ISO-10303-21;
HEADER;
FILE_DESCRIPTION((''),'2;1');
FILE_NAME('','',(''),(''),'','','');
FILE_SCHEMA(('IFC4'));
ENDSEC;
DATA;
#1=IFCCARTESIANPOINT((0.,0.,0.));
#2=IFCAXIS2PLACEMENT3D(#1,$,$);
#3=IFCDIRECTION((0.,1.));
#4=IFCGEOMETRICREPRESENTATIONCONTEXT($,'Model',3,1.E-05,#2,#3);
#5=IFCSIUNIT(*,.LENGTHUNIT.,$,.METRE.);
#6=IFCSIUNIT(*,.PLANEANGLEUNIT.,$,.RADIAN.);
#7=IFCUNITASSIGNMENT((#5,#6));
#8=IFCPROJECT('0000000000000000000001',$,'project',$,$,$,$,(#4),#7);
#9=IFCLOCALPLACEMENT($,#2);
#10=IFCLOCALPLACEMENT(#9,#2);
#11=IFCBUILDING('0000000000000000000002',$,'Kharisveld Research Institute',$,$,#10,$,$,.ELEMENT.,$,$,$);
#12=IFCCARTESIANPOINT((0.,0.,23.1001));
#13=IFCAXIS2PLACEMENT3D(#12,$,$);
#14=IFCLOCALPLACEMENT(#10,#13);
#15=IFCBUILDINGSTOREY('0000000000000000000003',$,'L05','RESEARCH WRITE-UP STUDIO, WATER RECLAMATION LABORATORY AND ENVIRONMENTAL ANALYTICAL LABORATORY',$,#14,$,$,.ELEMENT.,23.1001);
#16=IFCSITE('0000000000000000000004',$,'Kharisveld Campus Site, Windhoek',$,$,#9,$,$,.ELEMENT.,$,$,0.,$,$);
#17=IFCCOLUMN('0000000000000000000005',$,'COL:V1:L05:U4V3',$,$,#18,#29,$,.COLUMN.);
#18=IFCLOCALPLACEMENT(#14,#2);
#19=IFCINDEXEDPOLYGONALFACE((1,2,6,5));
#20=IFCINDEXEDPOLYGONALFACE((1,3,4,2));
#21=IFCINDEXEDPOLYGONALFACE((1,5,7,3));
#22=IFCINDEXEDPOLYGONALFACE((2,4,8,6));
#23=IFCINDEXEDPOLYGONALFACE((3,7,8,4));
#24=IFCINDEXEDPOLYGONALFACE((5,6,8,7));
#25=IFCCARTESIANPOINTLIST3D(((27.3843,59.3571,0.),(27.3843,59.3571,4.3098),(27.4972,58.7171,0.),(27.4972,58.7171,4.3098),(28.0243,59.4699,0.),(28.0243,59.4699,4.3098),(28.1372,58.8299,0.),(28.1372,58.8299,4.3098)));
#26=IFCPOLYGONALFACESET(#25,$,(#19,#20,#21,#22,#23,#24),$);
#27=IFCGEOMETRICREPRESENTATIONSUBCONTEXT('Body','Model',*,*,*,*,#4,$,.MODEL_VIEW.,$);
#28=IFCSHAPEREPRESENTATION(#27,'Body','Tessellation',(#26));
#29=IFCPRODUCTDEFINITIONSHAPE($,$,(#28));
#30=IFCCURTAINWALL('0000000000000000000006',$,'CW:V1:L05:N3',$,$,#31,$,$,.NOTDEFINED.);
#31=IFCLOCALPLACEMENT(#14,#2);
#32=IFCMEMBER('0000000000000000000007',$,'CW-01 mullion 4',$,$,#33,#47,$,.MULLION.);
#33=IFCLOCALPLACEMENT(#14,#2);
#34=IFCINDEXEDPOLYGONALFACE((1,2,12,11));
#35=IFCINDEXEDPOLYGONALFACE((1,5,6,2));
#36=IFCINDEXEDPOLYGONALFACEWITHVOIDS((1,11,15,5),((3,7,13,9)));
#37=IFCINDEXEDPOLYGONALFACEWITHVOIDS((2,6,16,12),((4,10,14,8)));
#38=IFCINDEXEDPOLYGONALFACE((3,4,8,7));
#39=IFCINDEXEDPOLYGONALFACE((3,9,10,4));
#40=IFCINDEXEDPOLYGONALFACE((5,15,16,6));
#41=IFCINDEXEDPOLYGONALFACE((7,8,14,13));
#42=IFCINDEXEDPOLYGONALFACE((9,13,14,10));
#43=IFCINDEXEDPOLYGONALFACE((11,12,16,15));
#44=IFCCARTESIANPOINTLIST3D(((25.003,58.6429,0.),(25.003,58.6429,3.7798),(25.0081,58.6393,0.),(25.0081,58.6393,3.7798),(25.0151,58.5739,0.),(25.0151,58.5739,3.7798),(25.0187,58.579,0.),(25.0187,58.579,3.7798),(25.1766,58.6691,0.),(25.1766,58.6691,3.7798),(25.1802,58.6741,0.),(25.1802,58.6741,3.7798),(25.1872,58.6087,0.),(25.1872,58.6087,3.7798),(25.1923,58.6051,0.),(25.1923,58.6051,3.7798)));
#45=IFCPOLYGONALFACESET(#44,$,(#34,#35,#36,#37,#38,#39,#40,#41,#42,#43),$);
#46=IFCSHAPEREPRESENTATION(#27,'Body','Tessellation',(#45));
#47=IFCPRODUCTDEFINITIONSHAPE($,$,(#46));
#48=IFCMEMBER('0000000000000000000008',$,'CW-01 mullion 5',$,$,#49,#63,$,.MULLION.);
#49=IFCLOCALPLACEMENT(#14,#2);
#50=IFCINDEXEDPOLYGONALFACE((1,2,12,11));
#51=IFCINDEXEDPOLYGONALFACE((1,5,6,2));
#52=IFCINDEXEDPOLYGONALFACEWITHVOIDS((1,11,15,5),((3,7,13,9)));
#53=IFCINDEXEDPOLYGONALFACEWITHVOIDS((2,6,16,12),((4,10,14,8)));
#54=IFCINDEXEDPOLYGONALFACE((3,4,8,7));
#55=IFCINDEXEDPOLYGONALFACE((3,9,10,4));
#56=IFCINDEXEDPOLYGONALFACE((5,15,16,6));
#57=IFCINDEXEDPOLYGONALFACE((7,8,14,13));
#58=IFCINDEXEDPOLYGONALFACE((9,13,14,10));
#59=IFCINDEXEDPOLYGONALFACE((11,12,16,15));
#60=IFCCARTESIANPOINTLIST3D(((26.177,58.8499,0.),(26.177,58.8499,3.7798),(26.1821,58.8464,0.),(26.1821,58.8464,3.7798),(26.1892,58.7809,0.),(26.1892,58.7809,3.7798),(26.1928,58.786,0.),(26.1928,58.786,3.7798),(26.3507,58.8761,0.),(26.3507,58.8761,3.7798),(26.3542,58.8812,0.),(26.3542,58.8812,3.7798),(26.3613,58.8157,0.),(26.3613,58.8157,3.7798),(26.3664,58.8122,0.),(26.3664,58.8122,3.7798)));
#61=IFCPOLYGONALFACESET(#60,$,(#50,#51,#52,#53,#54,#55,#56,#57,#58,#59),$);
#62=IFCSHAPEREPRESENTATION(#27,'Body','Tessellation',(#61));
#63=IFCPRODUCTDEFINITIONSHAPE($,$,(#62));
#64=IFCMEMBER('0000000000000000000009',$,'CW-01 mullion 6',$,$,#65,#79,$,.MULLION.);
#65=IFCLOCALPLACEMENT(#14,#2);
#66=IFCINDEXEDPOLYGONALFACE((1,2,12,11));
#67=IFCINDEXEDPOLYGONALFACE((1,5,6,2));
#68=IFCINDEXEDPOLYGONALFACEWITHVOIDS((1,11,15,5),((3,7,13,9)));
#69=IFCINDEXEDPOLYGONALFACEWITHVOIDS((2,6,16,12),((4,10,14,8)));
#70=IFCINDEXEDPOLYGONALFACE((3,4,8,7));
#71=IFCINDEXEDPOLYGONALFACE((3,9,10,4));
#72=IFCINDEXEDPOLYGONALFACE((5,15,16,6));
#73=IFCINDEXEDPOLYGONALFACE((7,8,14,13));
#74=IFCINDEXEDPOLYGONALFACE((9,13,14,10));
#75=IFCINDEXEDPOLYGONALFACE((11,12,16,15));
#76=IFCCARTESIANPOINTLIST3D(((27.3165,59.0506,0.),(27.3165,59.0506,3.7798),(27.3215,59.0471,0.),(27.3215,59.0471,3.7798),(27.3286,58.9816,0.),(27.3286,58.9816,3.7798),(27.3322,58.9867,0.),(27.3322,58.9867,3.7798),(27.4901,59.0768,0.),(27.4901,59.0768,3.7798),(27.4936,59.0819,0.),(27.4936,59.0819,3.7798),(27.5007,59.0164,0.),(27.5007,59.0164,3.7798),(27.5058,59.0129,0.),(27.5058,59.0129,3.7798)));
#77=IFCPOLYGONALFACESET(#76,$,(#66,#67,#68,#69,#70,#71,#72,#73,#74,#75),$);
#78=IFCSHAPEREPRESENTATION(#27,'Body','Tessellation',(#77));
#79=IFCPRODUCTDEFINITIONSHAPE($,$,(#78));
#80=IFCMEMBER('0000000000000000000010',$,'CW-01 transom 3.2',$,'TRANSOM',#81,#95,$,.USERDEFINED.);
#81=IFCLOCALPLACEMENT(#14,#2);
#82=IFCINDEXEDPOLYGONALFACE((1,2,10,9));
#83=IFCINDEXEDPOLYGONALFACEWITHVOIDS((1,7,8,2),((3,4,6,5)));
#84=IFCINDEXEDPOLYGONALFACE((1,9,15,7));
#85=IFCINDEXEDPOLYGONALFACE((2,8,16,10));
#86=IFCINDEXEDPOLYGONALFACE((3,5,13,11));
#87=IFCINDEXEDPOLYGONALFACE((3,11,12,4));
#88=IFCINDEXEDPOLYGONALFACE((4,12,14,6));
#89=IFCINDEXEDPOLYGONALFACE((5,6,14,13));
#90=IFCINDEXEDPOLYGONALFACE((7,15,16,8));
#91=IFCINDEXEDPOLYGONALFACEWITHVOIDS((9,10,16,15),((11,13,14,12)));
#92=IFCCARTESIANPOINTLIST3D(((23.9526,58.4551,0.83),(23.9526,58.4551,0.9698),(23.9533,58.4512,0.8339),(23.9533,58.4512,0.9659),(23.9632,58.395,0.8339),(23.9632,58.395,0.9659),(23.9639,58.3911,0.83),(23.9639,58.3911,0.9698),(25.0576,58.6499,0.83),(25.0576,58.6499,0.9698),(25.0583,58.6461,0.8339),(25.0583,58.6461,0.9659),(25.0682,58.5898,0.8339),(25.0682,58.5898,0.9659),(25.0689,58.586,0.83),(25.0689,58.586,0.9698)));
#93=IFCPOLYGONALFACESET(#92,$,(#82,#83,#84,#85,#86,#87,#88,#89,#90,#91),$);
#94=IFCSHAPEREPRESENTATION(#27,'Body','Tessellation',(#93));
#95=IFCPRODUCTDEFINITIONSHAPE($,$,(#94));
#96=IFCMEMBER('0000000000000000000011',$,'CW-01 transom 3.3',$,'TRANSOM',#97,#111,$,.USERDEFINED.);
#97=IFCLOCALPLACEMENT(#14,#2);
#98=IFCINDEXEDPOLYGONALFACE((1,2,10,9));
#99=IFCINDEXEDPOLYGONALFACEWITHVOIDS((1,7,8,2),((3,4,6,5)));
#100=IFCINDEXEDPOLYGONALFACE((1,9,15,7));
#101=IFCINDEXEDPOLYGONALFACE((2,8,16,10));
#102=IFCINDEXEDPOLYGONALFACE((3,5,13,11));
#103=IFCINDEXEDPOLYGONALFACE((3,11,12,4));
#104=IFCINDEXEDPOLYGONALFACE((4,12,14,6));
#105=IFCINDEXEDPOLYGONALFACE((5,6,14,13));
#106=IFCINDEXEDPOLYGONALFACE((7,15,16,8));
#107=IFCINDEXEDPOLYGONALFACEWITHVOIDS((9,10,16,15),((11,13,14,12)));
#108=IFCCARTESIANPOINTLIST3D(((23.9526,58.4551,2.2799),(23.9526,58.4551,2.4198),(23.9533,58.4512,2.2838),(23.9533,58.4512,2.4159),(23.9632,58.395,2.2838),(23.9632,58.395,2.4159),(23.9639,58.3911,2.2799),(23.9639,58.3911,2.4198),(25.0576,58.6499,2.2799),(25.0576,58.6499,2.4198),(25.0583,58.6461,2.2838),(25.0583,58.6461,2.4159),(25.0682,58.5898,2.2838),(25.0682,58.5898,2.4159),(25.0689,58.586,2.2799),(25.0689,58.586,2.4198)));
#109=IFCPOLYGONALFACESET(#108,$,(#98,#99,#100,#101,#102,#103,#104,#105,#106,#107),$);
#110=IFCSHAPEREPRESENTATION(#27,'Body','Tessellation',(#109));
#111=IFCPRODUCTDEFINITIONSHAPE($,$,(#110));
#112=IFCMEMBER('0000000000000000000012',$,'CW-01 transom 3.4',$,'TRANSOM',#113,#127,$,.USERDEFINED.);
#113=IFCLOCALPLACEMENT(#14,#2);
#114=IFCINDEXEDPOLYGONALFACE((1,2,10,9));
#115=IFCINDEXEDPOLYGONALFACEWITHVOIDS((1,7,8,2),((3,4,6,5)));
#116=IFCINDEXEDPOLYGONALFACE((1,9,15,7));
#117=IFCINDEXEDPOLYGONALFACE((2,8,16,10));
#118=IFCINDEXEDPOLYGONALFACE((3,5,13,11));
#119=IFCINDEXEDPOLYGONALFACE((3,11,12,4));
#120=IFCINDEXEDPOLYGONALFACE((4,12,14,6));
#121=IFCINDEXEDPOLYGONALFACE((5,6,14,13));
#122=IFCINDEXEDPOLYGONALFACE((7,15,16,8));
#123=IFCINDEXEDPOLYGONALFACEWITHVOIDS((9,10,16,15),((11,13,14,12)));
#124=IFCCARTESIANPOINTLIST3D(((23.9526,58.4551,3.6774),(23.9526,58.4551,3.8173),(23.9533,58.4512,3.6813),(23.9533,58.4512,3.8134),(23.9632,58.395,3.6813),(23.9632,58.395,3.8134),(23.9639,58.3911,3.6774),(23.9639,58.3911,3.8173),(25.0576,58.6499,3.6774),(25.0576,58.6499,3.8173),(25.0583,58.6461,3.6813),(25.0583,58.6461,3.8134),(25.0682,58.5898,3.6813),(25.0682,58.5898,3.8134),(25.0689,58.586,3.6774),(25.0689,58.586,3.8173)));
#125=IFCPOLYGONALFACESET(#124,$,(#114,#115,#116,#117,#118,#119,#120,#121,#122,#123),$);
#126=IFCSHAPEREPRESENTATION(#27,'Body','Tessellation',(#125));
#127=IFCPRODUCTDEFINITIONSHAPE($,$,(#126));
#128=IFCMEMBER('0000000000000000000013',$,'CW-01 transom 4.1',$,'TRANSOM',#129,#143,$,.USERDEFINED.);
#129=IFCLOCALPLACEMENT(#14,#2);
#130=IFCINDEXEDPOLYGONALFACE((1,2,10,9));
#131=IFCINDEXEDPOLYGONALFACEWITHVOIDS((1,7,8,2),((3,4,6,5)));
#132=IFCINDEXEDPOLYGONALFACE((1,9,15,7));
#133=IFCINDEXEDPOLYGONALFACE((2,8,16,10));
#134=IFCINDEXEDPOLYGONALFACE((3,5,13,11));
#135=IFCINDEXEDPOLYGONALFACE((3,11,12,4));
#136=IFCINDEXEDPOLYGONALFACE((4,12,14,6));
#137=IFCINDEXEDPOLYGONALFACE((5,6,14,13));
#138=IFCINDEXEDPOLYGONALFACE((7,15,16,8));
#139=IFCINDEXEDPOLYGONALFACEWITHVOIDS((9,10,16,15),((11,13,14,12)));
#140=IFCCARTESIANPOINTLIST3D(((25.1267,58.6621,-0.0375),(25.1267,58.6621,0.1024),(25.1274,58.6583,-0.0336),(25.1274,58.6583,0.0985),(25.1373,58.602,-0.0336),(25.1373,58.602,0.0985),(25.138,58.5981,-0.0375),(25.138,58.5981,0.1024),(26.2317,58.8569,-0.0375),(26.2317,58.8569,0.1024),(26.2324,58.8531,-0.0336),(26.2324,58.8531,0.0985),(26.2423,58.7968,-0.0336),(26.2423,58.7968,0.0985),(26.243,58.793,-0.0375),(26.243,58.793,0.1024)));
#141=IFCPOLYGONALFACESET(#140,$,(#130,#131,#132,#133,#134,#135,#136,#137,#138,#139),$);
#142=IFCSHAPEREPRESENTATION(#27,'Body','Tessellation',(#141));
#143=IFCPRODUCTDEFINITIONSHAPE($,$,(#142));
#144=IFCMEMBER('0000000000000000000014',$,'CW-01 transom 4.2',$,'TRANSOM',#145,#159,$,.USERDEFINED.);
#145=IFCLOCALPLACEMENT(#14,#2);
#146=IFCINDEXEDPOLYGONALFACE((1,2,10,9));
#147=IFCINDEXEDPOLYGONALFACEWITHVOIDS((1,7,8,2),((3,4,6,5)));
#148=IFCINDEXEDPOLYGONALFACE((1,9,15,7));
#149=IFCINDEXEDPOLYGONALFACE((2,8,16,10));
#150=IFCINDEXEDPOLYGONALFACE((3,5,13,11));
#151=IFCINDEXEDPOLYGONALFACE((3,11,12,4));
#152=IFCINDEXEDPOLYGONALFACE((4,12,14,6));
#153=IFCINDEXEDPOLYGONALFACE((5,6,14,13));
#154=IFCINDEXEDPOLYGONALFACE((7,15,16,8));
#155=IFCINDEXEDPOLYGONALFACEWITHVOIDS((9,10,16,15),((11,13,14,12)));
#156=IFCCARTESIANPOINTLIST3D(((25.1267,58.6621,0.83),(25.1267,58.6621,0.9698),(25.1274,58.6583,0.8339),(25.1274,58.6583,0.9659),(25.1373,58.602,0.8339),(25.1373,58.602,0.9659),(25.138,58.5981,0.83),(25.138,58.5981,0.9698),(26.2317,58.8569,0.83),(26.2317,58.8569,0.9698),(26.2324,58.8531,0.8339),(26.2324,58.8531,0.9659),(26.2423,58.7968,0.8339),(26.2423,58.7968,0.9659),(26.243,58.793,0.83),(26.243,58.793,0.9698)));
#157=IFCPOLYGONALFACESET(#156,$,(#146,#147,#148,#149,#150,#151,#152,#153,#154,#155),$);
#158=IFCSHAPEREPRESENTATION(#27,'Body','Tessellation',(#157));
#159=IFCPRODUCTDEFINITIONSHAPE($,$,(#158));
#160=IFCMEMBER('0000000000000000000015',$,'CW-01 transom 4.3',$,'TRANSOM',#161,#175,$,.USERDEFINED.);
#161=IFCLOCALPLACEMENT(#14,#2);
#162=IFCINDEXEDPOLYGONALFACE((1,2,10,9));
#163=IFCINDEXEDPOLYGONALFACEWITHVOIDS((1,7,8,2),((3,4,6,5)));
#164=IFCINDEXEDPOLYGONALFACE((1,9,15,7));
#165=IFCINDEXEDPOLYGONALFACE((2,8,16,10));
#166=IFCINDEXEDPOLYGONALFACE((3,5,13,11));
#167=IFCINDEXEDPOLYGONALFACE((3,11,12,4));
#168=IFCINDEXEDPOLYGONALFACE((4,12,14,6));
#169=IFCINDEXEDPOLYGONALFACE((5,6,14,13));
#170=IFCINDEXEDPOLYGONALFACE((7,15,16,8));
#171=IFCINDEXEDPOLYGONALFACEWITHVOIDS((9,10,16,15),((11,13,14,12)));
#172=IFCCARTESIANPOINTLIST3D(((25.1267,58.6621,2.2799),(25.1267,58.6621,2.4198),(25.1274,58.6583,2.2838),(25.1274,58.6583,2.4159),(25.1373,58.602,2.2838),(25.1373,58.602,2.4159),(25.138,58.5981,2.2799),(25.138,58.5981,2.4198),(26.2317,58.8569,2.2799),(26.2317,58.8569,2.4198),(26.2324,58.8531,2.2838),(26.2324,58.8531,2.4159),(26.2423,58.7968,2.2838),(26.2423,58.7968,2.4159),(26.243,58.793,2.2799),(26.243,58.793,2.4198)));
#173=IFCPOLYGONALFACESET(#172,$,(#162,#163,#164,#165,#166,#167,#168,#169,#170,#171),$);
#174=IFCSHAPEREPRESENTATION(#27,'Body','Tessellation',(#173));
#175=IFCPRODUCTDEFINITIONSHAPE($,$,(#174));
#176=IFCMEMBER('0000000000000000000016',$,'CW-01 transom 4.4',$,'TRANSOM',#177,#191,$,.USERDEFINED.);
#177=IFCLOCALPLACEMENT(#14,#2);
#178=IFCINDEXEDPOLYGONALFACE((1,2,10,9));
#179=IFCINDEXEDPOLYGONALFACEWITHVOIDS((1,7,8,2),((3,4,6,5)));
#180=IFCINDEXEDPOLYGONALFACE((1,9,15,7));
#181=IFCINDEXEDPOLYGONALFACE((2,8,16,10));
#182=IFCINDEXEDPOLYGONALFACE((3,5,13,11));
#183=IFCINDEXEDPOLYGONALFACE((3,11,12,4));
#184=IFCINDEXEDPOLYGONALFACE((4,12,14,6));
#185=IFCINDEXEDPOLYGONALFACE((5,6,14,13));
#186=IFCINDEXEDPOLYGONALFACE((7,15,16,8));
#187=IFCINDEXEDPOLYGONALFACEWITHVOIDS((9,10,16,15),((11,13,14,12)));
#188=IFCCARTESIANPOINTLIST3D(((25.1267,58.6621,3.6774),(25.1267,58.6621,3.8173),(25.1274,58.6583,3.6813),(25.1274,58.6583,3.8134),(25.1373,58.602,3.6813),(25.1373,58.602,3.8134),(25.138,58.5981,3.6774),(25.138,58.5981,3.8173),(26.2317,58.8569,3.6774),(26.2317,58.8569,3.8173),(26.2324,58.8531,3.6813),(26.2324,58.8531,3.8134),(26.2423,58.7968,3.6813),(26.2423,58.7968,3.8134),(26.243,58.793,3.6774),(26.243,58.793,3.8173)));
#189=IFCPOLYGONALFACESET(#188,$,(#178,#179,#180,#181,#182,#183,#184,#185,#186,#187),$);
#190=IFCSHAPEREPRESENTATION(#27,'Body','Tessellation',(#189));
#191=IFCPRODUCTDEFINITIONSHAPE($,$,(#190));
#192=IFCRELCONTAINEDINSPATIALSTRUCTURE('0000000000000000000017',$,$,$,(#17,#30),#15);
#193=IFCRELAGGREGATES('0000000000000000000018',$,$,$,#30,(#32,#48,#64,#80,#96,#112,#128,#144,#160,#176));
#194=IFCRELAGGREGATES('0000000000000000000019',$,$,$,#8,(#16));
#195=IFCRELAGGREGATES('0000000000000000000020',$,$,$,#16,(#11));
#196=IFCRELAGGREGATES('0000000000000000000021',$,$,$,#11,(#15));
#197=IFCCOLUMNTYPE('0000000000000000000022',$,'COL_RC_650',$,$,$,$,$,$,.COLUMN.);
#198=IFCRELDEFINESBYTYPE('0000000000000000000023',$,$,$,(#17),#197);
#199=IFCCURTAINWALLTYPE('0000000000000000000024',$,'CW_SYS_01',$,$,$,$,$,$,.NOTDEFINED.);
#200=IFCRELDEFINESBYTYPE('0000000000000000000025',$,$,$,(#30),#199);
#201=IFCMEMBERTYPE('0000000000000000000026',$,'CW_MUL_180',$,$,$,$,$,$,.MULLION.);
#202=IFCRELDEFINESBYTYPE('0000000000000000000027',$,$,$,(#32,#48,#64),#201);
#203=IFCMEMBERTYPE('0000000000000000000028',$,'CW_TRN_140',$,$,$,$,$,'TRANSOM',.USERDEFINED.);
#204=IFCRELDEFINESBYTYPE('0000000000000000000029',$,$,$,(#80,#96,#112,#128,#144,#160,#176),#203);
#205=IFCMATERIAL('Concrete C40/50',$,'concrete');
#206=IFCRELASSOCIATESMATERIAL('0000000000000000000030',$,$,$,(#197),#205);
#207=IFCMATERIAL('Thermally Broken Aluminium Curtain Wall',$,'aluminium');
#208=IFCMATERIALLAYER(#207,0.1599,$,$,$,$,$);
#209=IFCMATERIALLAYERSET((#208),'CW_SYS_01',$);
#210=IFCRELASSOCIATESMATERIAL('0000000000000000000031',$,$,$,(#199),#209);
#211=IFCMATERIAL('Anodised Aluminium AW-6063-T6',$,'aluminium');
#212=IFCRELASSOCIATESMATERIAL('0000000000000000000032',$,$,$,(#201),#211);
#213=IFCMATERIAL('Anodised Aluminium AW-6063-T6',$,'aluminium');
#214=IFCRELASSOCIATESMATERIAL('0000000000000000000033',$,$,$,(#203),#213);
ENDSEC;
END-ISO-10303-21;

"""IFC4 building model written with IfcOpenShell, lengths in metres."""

from ifc_helpers import new_model, si_unit, direction, frame, origin, origin_2d, place, context, subcontext, project, spatial, rectangle, hollow_rectangle, extrude, material, layer, layer_set, material_profile, profile_set, type_object, element, aggregate, save


model = new_model("IFC4")

# Units and contexts
model_context = context("Model", 3, precision=1e-05, world=origin(), true_north=direction((0.0, 1.0)))
body_context = subcontext(model_context, "Body", "Model", "MODEL_VIEW")
ifc_project = project(units=[si_unit("LENGTHUNIT", "METRE"), si_unit("PLANEANGLEUNIT", "RADIAN")], contexts=[model_context])

# Site, building, storey
site_placement = place(None, origin())
site = spatial("IfcSite", under=ifc_project, at=site_placement, Name="Kharisveld Campus Site, Windhoek", CompositionType="ELEMENT", RefElevation=0.0)
building_placement = place(site_placement, origin())
building = spatial("IfcBuilding", under=site, at=building_placement, Name="Kharisveld Research Institute", CompositionType="ELEMENT")
storey_placement = place(building_placement, frame((0.0, 0.0, 23.1001)))
storey = spatial("IfcBuildingStorey", under=building, at=storey_placement, Name="L05", Description="RESEARCH WRITE-UP STUDIO, WATER RECLAMATION LABORATORY AND ENVIRONMENTAL ANALYTICAL LABORATORY", CompositionType="ELEMENT", Elevation=23.1001)

# Column
ifc_material_1 = material(Name="Concrete C40/50", Category="concrete")
ifc_material_profile_1 = material_profile(ifc_material_1, rectangle(XDim=0.6499, YDim=0.6499, at=origin_2d()))
ifc_profile_set_1 = profile_set([ifc_material_profile_1], Name="Concrete C40/50")
column_type = type_object("IfcColumnType", Name="COL_RC_650", PredefinedType="COLUMN", material=ifc_profile_set_1)
column_placement = place(storey_placement, frame((27.7607, 59.0935, 0.0), z_axis=(0.0, 0.0, 1.0), x_axis=(0.984808, 0.173648, 0.0)))
element("IfcColumn", 1, at=column_placement, inside=storey, type_object=column_type, Name="COL:V1:L05:U4V3", PredefinedType="COLUMN", context=body_context, shape_type="SweptSolid", body=[
    extrude(rectangle(XDim=0.6499, YDim=0.6499, at=origin_2d()), origin(), (0.0, 0.0, 1.0), 4.3098),
])

# Curtain wall, members
ifc_material_2 = material(Name="Thermally Broken Aluminium Curtain Wall", Category="aluminium")
ifc_layer_1 = layer(ifc_material_2, 0.1599)
ifc_layer_set_1 = layer_set([ifc_layer_1], Name="CW_SYS_01")
curtain_wall_type = type_object("IfcCurtainWallType", Name="CW_SYS_01", PredefinedType="NOTDEFINED", material=ifc_layer_set_1)
curtain_wall_placement = place(storey_placement, origin())
curtain_wall = element("IfcCurtainWall", 2, at=curtain_wall_placement, inside=storey, type_object=curtain_wall_type, Name="CW:V1:L05:N3", PredefinedType="NOTDEFINED")
ifc_material_3 = material(Name="Anodised Aluminium AW-6063-T6", Category="aluminium")
ifc_material_profile_2 = material_profile(ifc_material_3, hollow_rectangle(XDim=0.0701, YDim=0.1799, WallThickness=0.0044, at=origin_2d()))
ifc_profile_set_2 = profile_set([ifc_material_profile_2], Name="Anodised Aluminium AW-6063-T6")
member_type_1 = type_object("IfcMemberType", Name="CW_MUL_180", PredefinedType="MULLION", material=ifc_profile_set_2)
member_1_placement = place(storey_placement, frame((25.0977, 58.624, 0.0), z_axis=(0.0, 0.0, 1.0), x_axis=(-0.173648, 0.984808, 0.0)))
member_1 = element("IfcMember", 3, at=member_1_placement, type_object=member_type_1, Name="CW-01 mullion 4", PredefinedType="MULLION", context=body_context, shape_type="SweptSolid", body=[
    extrude(hollow_rectangle(XDim=0.0701, YDim=0.1799, WallThickness=0.0044, at=origin_2d()), origin(), (0.0, 0.0, 1.0), 3.7798),
])
member_2_placement = place(storey_placement, frame((26.2717, 58.8311, 0.0), z_axis=(0.0, 0.0, 1.0), x_axis=(-0.173648, 0.984808, 0.0)))
member_2 = element("IfcMember", 4, at=member_2_placement, type_object=member_type_1, Name="CW-01 mullion 5", PredefinedType="MULLION", context=body_context, shape_type="SweptSolid", body=[
    extrude(hollow_rectangle(XDim=0.0701, YDim=0.1799, WallThickness=0.0044, at=origin_2d()), origin(), (0.0, 0.0, 1.0), 3.7798),
])
member_3_placement = place(storey_placement, frame((27.4111, 59.0317, 0.0), z_axis=(0.0, 0.0, 1.0), x_axis=(-0.173648, 0.984808, 0.0)))
member_3 = element("IfcMember", 5, at=member_3_placement, type_object=member_type_1, Name="CW-01 mullion 6", PredefinedType="MULLION", context=body_context, shape_type="SweptSolid", body=[
    extrude(hollow_rectangle(XDim=0.0701, YDim=0.1799, WallThickness=0.0044, at=origin_2d()), origin(), (0.0, 0.0, 1.0), 3.7798),
])
ifc_material_4 = material(Name="Anodised Aluminium AW-6063-T6", Category="aluminium")
ifc_material_profile_3 = material_profile(ifc_material_4, hollow_rectangle(XDim=0.0649, YDim=0.1399, WallThickness=0.0039, at=origin_2d()))
ifc_profile_set_3 = profile_set([ifc_material_profile_3], Name="Anodised Aluminium AW-6063-T6")
member_type_2 = type_object("IfcMemberType", Name="CW_TRN_140", ElementType="TRANSOM", PredefinedType="USERDEFINED", material=ifc_profile_set_3)
member_4_placement = place(storey_placement, frame((23.9583, 58.4231, 0.8999), z_axis=(0.98481, 0.173636, 0.0), x_axis=(-0.173636, 0.98481, 0.0)))
member_4 = element("IfcMember", 6, at=member_4_placement, type_object=member_type_2, Name="CW-01 transom 3.2", ObjectType="TRANSOM", PredefinedType="USERDEFINED", context=body_context, shape_type="SweptSolid", body=[
    extrude(hollow_rectangle(XDim=0.0649, YDim=0.1399, WallThickness=0.0039, at=origin_2d()), origin(), (0.0, 0.0, 1.0), 1.1221),
])
member_5_placement = place(storey_placement, frame((23.9583, 58.4231, 2.3499), z_axis=(0.98481, 0.173636, 0.0), x_axis=(-0.173636, 0.98481, 0.0)))
member_5 = element("IfcMember", 7, at=member_5_placement, type_object=member_type_2, Name="CW-01 transom 3.3", ObjectType="TRANSOM", PredefinedType="USERDEFINED", context=body_context, shape_type="SweptSolid", body=[
    extrude(hollow_rectangle(XDim=0.0649, YDim=0.1399, WallThickness=0.0039, at=origin_2d()), origin(), (0.0, 0.0, 1.0), 1.1221),
])
member_6_placement = place(storey_placement, frame((23.9583, 58.4231, 3.7473), z_axis=(0.98481, 0.173636, 0.0), x_axis=(-0.173636, 0.98481, 0.0)))
member_6 = element("IfcMember", 8, at=member_6_placement, type_object=member_type_2, Name="CW-01 transom 3.4", ObjectType="TRANSOM", PredefinedType="USERDEFINED", context=body_context, shape_type="SweptSolid", body=[
    extrude(hollow_rectangle(XDim=0.0649, YDim=0.1399, WallThickness=0.0039, at=origin_2d()), origin(), (0.0, 0.0, 1.0), 1.1221),
])
member_7_placement = place(storey_placement, frame((25.1323, 58.6301, 0.0325), z_axis=(0.98481, 0.173636, 0.0), x_axis=(-0.173636, 0.98481, 0.0)))
member_7 = element("IfcMember", 9, at=member_7_placement, type_object=member_type_2, Name="CW-01 transom 4.1", ObjectType="TRANSOM", PredefinedType="USERDEFINED", context=body_context, shape_type="SweptSolid", body=[
    extrude(hollow_rectangle(XDim=0.0649, YDim=0.1399, WallThickness=0.0039, at=origin_2d()), origin(), (0.0, 0.0, 1.0), 1.1221),
])
member_8_placement = place(storey_placement, frame((25.1323, 58.6301, 0.8999), z_axis=(0.98481, 0.173636, 0.0), x_axis=(-0.173636, 0.98481, 0.0)))
member_8 = element("IfcMember", 10, at=member_8_placement, type_object=member_type_2, Name="CW-01 transom 4.2", ObjectType="TRANSOM", PredefinedType="USERDEFINED", context=body_context, shape_type="SweptSolid", body=[
    extrude(hollow_rectangle(XDim=0.0649, YDim=0.1399, WallThickness=0.0039, at=origin_2d()), origin(), (0.0, 0.0, 1.0), 1.1221),
])
member_9_placement = place(storey_placement, frame((25.1323, 58.6301, 2.3499), z_axis=(0.98481, 0.173636, 0.0), x_axis=(-0.173636, 0.98481, 0.0)))
member_9 = element("IfcMember", 11, at=member_9_placement, type_object=member_type_2, Name="CW-01 transom 4.3", ObjectType="TRANSOM", PredefinedType="USERDEFINED", context=body_context, shape_type="SweptSolid", body=[
    extrude(hollow_rectangle(XDim=0.0649, YDim=0.1399, WallThickness=0.0039, at=origin_2d()), origin(), (0.0, 0.0, 1.0), 1.1221),
])
member_10_placement = place(storey_placement, frame((25.1323, 58.6301, 3.7473), z_axis=(0.98481, 0.173636, 0.0), x_axis=(-0.173636, 0.98481, 0.0)))
member_10 = element("IfcMember", 12, at=member_10_placement, type_object=member_type_2, Name="CW-01 transom 4.4", ObjectType="TRANSOM", PredefinedType="USERDEFINED", context=body_context, shape_type="SweptSolid", body=[
    extrude(hollow_rectangle(XDim=0.0649, YDim=0.1399, WallThickness=0.0039, at=origin_2d()), origin(), (0.0, 0.0, 1.0), 1.1221),
])
aggregate(curtain_wall, [member_1, member_2, member_3, member_4, member_5, member_6, member_7, member_8, member_9, member_10])

save(model, "model.ifc")
